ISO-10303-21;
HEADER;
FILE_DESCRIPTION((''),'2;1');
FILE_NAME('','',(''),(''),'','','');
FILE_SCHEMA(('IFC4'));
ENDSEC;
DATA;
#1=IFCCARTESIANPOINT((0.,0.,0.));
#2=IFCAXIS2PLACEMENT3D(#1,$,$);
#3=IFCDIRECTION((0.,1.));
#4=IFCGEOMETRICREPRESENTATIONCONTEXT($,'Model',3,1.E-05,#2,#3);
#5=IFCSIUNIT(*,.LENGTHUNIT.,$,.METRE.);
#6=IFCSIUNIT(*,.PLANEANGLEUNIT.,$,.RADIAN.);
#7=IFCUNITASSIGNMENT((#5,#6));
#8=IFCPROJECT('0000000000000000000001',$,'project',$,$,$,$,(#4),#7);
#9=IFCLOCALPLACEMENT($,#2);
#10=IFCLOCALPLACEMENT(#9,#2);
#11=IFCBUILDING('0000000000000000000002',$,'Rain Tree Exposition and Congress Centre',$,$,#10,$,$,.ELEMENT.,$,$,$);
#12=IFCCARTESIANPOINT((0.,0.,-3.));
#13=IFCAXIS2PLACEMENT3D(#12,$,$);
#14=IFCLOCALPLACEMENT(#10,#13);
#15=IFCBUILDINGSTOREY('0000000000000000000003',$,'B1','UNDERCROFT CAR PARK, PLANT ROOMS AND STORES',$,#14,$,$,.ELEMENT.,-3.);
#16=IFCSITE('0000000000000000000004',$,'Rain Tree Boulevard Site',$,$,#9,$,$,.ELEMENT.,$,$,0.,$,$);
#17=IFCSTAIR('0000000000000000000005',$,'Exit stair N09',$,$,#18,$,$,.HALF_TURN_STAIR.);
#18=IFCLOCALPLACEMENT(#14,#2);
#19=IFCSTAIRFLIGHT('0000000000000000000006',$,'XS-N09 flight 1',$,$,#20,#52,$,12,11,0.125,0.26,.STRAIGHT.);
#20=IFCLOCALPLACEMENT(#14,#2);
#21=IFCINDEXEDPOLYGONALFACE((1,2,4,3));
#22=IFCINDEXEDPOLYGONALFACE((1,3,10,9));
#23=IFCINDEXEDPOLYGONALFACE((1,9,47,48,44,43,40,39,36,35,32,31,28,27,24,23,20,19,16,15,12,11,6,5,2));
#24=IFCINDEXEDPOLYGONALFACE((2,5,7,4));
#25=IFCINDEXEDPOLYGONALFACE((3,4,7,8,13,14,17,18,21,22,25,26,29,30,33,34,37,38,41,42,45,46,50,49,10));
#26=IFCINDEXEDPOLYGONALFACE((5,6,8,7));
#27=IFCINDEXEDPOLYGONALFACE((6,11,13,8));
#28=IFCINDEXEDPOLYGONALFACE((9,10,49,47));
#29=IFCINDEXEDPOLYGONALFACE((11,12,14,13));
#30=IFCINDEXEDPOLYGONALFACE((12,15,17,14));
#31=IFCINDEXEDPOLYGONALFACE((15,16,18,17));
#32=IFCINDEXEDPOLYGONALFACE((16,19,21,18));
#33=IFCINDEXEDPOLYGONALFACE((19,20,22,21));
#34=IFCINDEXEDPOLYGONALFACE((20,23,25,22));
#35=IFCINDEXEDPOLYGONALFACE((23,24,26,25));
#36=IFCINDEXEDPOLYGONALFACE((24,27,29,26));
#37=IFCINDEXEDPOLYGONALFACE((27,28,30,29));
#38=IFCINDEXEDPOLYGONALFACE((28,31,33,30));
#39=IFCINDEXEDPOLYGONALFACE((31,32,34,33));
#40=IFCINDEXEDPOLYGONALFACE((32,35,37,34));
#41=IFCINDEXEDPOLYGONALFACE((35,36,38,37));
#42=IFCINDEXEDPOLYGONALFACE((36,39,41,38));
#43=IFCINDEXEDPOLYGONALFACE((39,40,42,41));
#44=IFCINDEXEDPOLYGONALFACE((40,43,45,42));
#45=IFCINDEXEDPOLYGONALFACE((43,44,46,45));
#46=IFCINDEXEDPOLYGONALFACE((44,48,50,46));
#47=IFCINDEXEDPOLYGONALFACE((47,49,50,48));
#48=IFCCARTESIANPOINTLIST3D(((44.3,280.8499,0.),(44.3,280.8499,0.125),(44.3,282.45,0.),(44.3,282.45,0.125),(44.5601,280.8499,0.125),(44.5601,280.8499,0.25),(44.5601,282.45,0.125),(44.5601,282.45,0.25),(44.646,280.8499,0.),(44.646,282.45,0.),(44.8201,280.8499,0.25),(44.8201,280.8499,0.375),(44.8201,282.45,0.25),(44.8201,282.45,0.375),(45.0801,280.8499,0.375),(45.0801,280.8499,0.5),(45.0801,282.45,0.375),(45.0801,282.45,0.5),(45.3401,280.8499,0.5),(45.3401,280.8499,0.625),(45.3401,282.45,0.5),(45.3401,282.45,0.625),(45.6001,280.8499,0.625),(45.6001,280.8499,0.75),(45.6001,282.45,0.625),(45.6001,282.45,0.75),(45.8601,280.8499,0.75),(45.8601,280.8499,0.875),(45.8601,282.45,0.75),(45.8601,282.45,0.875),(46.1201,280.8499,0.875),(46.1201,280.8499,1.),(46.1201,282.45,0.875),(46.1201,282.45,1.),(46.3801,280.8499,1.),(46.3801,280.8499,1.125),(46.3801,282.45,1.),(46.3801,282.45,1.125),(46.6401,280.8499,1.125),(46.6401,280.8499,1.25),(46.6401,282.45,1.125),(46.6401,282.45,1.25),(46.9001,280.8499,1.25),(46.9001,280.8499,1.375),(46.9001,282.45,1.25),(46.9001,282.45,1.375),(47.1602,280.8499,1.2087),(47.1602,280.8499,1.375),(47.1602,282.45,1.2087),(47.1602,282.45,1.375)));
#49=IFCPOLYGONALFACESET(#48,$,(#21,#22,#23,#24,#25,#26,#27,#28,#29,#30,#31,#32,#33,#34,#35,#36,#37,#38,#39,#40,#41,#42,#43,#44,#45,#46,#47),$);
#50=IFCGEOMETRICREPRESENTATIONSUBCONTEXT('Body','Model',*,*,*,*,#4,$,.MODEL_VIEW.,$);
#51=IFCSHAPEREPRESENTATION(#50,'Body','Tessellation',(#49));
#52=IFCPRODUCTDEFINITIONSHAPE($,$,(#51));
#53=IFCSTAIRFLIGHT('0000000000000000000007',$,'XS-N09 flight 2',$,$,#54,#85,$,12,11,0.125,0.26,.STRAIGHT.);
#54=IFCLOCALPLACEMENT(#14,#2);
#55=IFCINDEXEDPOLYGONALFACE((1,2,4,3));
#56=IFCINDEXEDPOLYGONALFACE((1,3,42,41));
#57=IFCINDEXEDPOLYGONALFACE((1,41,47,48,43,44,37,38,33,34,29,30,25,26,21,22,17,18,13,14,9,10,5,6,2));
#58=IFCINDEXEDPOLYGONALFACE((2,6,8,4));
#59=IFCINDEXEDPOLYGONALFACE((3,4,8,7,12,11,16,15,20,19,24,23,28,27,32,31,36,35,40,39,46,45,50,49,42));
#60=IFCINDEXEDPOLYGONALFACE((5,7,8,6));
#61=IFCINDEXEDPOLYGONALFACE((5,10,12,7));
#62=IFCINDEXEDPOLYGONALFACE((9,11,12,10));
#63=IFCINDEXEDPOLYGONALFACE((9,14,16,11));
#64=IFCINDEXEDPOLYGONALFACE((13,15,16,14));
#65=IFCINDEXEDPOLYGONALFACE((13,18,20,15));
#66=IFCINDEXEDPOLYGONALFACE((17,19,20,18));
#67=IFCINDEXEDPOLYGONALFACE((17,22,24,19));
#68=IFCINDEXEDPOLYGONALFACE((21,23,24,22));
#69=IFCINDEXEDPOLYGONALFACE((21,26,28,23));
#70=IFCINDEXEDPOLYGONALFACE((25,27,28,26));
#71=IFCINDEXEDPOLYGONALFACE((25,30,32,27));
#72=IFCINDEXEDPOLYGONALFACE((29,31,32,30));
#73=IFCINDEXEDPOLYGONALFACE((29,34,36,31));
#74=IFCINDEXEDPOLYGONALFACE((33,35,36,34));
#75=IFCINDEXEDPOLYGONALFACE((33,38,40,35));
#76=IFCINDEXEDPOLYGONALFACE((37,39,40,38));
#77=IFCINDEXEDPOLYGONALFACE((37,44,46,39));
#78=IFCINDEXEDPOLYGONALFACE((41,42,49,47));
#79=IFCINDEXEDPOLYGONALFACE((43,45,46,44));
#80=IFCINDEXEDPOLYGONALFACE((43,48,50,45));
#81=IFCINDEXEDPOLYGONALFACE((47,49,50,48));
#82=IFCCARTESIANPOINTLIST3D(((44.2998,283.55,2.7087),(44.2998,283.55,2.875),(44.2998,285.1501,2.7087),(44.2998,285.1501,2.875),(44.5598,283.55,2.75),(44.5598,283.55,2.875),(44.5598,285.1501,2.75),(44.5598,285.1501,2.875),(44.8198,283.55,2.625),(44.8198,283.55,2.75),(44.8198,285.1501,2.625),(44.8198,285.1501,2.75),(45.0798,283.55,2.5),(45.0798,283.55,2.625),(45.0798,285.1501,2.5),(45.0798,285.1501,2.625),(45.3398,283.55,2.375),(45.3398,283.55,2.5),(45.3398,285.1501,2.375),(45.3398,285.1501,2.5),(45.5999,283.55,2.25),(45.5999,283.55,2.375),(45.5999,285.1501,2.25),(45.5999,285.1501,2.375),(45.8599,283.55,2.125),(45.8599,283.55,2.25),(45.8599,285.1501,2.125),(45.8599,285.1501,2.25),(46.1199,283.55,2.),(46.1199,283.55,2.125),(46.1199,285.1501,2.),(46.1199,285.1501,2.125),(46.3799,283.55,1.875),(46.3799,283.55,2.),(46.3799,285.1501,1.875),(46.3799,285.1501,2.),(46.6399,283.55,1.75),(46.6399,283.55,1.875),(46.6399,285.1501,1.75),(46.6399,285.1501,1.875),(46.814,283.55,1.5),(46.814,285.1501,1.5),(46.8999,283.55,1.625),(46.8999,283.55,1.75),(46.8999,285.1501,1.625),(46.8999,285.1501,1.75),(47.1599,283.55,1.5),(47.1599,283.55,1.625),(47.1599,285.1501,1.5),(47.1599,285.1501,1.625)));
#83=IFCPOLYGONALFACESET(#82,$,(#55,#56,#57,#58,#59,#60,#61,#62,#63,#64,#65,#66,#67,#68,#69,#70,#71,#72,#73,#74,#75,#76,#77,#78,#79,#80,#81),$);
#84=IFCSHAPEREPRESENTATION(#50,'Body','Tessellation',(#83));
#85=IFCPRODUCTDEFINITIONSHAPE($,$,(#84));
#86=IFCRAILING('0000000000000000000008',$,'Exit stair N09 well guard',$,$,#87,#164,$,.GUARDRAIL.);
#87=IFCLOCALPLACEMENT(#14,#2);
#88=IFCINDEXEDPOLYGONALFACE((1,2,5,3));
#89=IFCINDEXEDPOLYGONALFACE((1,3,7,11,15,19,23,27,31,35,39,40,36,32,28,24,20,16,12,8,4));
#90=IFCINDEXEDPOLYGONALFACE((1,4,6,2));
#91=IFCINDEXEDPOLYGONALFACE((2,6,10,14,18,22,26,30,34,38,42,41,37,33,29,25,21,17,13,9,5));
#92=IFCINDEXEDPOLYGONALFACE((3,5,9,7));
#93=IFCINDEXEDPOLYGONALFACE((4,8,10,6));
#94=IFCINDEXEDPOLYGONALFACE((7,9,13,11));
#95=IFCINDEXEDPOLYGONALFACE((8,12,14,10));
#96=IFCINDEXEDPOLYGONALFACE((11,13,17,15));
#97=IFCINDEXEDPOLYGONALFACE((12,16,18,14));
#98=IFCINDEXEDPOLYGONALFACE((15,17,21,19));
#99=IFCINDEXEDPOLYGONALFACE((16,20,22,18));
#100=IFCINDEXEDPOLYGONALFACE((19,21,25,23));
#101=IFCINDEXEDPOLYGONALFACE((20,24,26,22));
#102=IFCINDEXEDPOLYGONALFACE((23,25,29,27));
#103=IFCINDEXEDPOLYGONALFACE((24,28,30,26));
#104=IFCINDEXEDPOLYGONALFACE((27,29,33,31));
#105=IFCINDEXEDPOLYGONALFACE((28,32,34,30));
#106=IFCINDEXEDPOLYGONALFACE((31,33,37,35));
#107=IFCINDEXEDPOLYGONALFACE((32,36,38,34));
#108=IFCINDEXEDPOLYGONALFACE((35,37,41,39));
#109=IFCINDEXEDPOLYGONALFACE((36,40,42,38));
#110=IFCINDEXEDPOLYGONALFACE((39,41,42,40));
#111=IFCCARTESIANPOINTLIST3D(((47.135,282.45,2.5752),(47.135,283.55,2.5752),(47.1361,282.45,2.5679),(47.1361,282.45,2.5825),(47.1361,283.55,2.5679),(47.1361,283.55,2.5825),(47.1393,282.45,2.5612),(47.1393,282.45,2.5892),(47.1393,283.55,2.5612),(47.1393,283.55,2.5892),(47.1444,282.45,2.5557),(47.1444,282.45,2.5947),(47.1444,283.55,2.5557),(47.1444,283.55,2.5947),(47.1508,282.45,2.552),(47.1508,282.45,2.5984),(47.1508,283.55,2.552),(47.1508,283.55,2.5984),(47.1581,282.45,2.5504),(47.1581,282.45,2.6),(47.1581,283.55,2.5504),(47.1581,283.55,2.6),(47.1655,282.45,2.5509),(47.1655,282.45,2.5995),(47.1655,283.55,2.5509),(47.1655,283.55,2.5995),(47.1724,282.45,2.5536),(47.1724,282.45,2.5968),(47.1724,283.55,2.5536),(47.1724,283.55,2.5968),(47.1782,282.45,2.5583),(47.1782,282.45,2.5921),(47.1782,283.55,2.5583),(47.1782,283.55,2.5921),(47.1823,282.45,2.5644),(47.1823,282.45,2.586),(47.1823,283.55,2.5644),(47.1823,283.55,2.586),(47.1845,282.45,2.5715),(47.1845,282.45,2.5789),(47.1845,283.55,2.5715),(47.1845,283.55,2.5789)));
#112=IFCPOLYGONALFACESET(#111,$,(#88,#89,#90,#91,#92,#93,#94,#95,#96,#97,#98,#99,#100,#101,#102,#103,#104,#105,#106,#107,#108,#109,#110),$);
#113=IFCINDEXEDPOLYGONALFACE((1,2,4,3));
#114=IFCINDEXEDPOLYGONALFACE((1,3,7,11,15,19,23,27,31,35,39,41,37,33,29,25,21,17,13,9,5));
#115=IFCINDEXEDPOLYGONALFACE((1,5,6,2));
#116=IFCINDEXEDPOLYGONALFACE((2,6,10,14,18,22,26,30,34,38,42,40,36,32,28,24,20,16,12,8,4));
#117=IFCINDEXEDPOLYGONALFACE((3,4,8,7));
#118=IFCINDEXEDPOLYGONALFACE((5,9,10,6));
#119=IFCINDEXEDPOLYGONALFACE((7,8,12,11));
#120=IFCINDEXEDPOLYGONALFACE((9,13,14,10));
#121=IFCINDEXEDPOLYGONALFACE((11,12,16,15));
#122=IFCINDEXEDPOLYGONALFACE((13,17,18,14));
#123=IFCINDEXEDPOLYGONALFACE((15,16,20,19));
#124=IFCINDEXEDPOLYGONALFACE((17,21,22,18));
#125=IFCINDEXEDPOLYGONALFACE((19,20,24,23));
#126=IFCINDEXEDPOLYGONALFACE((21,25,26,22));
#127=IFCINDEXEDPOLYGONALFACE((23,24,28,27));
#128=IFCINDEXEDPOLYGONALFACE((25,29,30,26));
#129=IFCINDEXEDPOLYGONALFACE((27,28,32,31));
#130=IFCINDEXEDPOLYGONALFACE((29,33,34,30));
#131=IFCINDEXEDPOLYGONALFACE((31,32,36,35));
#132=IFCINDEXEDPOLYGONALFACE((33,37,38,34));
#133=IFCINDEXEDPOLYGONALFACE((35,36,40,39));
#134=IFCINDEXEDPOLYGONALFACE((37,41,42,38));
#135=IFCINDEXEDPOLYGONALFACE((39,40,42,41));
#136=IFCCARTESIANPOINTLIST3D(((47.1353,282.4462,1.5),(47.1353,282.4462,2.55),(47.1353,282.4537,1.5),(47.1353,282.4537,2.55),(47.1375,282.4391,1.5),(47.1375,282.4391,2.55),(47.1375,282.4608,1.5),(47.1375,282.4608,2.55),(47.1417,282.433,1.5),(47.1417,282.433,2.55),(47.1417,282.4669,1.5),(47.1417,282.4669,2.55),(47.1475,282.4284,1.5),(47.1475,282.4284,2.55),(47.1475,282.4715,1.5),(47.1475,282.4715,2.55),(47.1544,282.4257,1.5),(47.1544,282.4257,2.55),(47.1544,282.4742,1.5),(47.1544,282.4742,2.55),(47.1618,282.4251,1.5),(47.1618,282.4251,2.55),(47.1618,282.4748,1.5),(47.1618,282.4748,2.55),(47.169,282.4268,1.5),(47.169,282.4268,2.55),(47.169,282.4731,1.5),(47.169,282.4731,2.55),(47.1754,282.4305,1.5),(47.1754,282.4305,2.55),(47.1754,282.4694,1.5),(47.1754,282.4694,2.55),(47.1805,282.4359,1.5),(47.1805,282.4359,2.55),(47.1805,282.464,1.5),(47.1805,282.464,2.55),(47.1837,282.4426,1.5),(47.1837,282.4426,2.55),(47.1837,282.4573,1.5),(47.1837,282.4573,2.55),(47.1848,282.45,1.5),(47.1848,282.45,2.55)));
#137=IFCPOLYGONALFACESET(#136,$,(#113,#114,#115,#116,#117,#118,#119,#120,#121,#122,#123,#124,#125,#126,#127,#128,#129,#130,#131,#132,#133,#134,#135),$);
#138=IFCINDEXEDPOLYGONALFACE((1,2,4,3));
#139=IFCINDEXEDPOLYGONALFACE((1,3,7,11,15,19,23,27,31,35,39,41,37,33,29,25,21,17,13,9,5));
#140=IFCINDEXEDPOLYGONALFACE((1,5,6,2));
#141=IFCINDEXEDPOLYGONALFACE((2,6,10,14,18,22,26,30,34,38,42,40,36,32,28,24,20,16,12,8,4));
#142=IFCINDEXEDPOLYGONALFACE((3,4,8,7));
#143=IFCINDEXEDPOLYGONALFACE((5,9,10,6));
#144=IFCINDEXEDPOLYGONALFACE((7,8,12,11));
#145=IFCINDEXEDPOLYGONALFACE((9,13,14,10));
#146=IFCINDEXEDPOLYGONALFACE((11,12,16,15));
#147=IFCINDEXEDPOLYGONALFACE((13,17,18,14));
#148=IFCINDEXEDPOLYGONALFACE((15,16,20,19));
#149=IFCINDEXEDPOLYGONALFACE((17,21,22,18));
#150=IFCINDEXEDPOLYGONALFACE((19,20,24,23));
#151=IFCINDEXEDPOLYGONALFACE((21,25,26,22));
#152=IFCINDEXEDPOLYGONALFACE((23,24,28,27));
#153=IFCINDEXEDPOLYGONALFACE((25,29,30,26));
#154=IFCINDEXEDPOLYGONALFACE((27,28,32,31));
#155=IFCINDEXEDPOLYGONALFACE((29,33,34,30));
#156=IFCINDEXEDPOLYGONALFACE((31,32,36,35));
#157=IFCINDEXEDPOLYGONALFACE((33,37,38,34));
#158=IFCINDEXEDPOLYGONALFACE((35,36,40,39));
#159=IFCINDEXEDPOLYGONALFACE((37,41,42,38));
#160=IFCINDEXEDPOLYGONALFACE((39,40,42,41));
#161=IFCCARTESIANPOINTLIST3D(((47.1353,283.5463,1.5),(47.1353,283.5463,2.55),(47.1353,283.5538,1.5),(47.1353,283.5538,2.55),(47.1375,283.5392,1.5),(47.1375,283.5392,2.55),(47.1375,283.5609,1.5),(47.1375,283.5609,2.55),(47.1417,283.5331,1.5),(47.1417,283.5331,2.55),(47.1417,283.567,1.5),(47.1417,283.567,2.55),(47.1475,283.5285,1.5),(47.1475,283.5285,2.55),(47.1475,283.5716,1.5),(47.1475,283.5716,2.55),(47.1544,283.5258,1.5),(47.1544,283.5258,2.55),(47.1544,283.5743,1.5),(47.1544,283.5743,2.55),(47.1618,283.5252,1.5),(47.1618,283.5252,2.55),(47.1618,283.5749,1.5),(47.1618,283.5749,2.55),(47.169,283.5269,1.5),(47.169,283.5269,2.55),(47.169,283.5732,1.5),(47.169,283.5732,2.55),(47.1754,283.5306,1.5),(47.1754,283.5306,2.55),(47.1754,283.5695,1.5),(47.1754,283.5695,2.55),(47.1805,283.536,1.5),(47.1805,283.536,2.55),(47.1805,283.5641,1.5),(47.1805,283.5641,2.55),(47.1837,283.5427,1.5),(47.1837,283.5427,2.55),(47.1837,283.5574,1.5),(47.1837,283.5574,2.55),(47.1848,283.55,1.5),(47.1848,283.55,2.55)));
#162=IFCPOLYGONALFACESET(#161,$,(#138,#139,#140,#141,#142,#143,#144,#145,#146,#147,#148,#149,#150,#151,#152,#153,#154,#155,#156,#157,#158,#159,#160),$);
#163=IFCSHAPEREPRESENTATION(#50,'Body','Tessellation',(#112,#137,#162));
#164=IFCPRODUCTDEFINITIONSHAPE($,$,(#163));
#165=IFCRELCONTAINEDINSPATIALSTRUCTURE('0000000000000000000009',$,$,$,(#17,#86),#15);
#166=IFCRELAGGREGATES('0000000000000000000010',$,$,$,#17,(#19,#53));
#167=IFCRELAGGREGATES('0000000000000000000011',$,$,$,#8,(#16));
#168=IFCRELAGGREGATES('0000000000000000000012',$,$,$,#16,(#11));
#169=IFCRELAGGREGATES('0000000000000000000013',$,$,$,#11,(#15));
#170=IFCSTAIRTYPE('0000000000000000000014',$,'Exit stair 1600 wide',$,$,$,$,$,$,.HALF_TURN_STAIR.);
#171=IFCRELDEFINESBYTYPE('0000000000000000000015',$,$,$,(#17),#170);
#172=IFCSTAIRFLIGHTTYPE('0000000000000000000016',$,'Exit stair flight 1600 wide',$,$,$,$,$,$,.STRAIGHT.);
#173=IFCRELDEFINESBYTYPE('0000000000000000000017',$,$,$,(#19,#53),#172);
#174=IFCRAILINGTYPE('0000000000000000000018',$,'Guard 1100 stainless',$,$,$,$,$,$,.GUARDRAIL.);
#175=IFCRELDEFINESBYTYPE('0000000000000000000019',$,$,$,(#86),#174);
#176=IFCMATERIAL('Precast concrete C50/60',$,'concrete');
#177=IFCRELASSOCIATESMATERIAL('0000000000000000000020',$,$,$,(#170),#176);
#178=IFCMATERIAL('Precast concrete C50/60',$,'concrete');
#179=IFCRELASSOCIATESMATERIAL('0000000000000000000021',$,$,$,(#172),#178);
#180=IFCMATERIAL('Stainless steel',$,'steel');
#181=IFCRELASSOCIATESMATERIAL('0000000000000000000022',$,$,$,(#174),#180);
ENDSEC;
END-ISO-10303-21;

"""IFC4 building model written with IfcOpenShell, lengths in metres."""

from ifc_helpers import new_model, si_unit, direction, frame, origin, origin_2d, place, context, subcontext, project, spatial, polyline, circle, outline, extrude, material, type_object, element, aggregate, save


model = new_model("IFC4")

# Units and contexts
model_context = context("Model", 3, precision=1e-05, world=origin(), true_north=direction((0.0, 1.0)))
body_context = subcontext(model_context, "Body", "Model", "MODEL_VIEW")
ifc_project = project(units=[si_unit("LENGTHUNIT", "METRE"), si_unit("PLANEANGLEUNIT", "RADIAN")], contexts=[model_context])

# Site, building, storey
site_placement = place(None, origin())
site = spatial("IfcSite", under=ifc_project, at=site_placement, Name="Rain Tree Boulevard Site", CompositionType="ELEMENT", RefElevation=0.0)
building_placement = place(site_placement, origin())
building = spatial("IfcBuilding", under=site, at=building_placement, Name="Rain Tree Exposition and Congress Centre", CompositionType="ELEMENT")
storey_placement = place(building_placement, frame((0.0, 0.0, -3.0)))
storey = spatial("IfcBuildingStorey", under=building, at=storey_placement, Name="B1", Description="UNDERCROFT CAR PARK, PLANT ROOMS AND STORES", CompositionType="ELEMENT", Elevation=-3.0)

# Stair, stair flights
ifc_material_1 = material(Name="Precast concrete C50/60", Category="concrete")
stair_type = type_object("IfcStairType", Name="Exit stair 1600 wide", PredefinedType="HALF_TURN_STAIR", material=ifc_material_1)
stair_placement = place(storey_placement, origin())
stair = element("IfcStair", 1, at=stair_placement, inside=storey, type_object=stair_type, Name="Exit stair N09", PredefinedType="HALF_TURN_STAIR")
ifc_material_2 = material(Name="Precast concrete C50/60", Category="concrete")
stair_flight_type = type_object("IfcStairFlightType", Name="Exit stair flight 1600 wide", PredefinedType="STRAIGHT", material=ifc_material_2)
stair_flight_1_placement = place(storey_placement, frame((44.3, 281.6499, 0.0), z_axis=(0.0, 0.0, 1.0), x_axis=(1.0, 0.0, 0.0)))
stair_flight_1 = element("IfcStairFlight", 2, at=stair_flight_1_placement, type_object=stair_flight_type, Name="XS-N09 flight 1", NumberOfRisers=12, NumberOfTreads=11, PredefinedType="STRAIGHT", RiserHeight=0.125, TreadLength=0.26, context=body_context, shape_type="SweptSolid", body=[
    extrude(outline(polyline([(0.0, 0.0), (0.0, 0.125), (0.26, 0.125), (0.26, 0.25), (0.52, 0.25), (0.52, 0.375), (0.78, 0.375), (0.78, 0.5), (1.04, 0.5), (1.04, 0.625), (1.3, 0.625), (1.3, 0.75), (1.5601, 0.75), (1.5601, 0.875), (1.8201, 0.875), (1.8201, 1.0), (2.0801, 1.0), (2.0801, 1.125), (2.3401, 1.125), (2.3401, 1.25), (2.6001, 1.25), (2.6001, 1.375), (2.8601, 1.375), (2.8601, 1.5), (2.8601, 1.2087), (0.3459, 0.0), (0.0, 0.0)])), frame((0.0, 0.8, 0.0), z_axis=(0.0, -1.0, 0.0), x_axis=(1.0, 0.0, 0.0)), (0.0, 0.0, 1.0), 1.6001),
])
stair_flight_2_placement = place(storey_placement, frame((47.1599, 284.3501, 1.5), z_axis=(0.0, 0.0, 1.0), x_axis=(-1.0, 0.0, 0.0)))
stair_flight_2 = element("IfcStairFlight", 3, at=stair_flight_2_placement, type_object=stair_flight_type, Name="XS-N09 flight 2", NumberOfRisers=12, NumberOfTreads=11, PredefinedType="STRAIGHT", RiserHeight=0.125, TreadLength=0.26, context=body_context, shape_type="SweptSolid", body=[
    extrude(outline(polyline([(0.0, 0.0), (0.0, 0.125), (0.26, 0.125), (0.26, 0.25), (0.52, 0.25), (0.52, 0.375), (0.78, 0.375), (0.78, 0.5), (1.04, 0.5), (1.04, 0.625), (1.3, 0.625), (1.3, 0.75), (1.5601, 0.75), (1.5601, 0.875), (1.8201, 0.875), (1.8201, 1.0), (2.0801, 1.0), (2.0801, 1.125), (2.3401, 1.125), (2.3401, 1.25), (2.6001, 1.25), (2.6001, 1.375), (2.8601, 1.375), (2.8601, 1.5), (2.8601, 1.2087), (0.3459, 0.0), (0.0, 0.0)])), frame((0.0, 0.8, 0.0), z_axis=(0.0, -1.0, 0.0), x_axis=(1.0, 0.0, 0.0)), (0.0, 0.0, 1.0), 1.6001),
])
aggregate(stair, [stair_flight_1, stair_flight_2])

# Railing
ifc_material_3 = material(Name="Stainless steel", Category="steel")
railing_type = type_object("IfcRailingType", Name="Guard 1100 stainless", PredefinedType="GUARDRAIL", material=ifc_material_3)
railing_placement = place(storey_placement, frame((47.1599, 282.45, 1.5)))
element("IfcRailing", 4, at=railing_placement, inside=storey, type_object=railing_type, Name="Exit stair N09 well guard", PredefinedType="GUARDRAIL", context=body_context, shape_type="SweptSolid", body=[
    extrude(circle(Radius=0.0249, at=origin_2d()), frame((0.0, 0.0, 1.0752), z_axis=(0.0, 1.0, 0.0), x_axis=(-1.0, 0.0, 0.0)), (0.0, 0.0, 1.0), 1.1001),
    extrude(circle(Radius=0.0249, at=origin_2d()), origin(), (0.0, 0.0, 1.0), 1.05),
    extrude(circle(Radius=0.0249, at=origin_2d()), frame((0.0, 1.1001, 0.0)), (0.0, 0.0, 1.0), 1.05),
])

save(model, "model.ifc")
